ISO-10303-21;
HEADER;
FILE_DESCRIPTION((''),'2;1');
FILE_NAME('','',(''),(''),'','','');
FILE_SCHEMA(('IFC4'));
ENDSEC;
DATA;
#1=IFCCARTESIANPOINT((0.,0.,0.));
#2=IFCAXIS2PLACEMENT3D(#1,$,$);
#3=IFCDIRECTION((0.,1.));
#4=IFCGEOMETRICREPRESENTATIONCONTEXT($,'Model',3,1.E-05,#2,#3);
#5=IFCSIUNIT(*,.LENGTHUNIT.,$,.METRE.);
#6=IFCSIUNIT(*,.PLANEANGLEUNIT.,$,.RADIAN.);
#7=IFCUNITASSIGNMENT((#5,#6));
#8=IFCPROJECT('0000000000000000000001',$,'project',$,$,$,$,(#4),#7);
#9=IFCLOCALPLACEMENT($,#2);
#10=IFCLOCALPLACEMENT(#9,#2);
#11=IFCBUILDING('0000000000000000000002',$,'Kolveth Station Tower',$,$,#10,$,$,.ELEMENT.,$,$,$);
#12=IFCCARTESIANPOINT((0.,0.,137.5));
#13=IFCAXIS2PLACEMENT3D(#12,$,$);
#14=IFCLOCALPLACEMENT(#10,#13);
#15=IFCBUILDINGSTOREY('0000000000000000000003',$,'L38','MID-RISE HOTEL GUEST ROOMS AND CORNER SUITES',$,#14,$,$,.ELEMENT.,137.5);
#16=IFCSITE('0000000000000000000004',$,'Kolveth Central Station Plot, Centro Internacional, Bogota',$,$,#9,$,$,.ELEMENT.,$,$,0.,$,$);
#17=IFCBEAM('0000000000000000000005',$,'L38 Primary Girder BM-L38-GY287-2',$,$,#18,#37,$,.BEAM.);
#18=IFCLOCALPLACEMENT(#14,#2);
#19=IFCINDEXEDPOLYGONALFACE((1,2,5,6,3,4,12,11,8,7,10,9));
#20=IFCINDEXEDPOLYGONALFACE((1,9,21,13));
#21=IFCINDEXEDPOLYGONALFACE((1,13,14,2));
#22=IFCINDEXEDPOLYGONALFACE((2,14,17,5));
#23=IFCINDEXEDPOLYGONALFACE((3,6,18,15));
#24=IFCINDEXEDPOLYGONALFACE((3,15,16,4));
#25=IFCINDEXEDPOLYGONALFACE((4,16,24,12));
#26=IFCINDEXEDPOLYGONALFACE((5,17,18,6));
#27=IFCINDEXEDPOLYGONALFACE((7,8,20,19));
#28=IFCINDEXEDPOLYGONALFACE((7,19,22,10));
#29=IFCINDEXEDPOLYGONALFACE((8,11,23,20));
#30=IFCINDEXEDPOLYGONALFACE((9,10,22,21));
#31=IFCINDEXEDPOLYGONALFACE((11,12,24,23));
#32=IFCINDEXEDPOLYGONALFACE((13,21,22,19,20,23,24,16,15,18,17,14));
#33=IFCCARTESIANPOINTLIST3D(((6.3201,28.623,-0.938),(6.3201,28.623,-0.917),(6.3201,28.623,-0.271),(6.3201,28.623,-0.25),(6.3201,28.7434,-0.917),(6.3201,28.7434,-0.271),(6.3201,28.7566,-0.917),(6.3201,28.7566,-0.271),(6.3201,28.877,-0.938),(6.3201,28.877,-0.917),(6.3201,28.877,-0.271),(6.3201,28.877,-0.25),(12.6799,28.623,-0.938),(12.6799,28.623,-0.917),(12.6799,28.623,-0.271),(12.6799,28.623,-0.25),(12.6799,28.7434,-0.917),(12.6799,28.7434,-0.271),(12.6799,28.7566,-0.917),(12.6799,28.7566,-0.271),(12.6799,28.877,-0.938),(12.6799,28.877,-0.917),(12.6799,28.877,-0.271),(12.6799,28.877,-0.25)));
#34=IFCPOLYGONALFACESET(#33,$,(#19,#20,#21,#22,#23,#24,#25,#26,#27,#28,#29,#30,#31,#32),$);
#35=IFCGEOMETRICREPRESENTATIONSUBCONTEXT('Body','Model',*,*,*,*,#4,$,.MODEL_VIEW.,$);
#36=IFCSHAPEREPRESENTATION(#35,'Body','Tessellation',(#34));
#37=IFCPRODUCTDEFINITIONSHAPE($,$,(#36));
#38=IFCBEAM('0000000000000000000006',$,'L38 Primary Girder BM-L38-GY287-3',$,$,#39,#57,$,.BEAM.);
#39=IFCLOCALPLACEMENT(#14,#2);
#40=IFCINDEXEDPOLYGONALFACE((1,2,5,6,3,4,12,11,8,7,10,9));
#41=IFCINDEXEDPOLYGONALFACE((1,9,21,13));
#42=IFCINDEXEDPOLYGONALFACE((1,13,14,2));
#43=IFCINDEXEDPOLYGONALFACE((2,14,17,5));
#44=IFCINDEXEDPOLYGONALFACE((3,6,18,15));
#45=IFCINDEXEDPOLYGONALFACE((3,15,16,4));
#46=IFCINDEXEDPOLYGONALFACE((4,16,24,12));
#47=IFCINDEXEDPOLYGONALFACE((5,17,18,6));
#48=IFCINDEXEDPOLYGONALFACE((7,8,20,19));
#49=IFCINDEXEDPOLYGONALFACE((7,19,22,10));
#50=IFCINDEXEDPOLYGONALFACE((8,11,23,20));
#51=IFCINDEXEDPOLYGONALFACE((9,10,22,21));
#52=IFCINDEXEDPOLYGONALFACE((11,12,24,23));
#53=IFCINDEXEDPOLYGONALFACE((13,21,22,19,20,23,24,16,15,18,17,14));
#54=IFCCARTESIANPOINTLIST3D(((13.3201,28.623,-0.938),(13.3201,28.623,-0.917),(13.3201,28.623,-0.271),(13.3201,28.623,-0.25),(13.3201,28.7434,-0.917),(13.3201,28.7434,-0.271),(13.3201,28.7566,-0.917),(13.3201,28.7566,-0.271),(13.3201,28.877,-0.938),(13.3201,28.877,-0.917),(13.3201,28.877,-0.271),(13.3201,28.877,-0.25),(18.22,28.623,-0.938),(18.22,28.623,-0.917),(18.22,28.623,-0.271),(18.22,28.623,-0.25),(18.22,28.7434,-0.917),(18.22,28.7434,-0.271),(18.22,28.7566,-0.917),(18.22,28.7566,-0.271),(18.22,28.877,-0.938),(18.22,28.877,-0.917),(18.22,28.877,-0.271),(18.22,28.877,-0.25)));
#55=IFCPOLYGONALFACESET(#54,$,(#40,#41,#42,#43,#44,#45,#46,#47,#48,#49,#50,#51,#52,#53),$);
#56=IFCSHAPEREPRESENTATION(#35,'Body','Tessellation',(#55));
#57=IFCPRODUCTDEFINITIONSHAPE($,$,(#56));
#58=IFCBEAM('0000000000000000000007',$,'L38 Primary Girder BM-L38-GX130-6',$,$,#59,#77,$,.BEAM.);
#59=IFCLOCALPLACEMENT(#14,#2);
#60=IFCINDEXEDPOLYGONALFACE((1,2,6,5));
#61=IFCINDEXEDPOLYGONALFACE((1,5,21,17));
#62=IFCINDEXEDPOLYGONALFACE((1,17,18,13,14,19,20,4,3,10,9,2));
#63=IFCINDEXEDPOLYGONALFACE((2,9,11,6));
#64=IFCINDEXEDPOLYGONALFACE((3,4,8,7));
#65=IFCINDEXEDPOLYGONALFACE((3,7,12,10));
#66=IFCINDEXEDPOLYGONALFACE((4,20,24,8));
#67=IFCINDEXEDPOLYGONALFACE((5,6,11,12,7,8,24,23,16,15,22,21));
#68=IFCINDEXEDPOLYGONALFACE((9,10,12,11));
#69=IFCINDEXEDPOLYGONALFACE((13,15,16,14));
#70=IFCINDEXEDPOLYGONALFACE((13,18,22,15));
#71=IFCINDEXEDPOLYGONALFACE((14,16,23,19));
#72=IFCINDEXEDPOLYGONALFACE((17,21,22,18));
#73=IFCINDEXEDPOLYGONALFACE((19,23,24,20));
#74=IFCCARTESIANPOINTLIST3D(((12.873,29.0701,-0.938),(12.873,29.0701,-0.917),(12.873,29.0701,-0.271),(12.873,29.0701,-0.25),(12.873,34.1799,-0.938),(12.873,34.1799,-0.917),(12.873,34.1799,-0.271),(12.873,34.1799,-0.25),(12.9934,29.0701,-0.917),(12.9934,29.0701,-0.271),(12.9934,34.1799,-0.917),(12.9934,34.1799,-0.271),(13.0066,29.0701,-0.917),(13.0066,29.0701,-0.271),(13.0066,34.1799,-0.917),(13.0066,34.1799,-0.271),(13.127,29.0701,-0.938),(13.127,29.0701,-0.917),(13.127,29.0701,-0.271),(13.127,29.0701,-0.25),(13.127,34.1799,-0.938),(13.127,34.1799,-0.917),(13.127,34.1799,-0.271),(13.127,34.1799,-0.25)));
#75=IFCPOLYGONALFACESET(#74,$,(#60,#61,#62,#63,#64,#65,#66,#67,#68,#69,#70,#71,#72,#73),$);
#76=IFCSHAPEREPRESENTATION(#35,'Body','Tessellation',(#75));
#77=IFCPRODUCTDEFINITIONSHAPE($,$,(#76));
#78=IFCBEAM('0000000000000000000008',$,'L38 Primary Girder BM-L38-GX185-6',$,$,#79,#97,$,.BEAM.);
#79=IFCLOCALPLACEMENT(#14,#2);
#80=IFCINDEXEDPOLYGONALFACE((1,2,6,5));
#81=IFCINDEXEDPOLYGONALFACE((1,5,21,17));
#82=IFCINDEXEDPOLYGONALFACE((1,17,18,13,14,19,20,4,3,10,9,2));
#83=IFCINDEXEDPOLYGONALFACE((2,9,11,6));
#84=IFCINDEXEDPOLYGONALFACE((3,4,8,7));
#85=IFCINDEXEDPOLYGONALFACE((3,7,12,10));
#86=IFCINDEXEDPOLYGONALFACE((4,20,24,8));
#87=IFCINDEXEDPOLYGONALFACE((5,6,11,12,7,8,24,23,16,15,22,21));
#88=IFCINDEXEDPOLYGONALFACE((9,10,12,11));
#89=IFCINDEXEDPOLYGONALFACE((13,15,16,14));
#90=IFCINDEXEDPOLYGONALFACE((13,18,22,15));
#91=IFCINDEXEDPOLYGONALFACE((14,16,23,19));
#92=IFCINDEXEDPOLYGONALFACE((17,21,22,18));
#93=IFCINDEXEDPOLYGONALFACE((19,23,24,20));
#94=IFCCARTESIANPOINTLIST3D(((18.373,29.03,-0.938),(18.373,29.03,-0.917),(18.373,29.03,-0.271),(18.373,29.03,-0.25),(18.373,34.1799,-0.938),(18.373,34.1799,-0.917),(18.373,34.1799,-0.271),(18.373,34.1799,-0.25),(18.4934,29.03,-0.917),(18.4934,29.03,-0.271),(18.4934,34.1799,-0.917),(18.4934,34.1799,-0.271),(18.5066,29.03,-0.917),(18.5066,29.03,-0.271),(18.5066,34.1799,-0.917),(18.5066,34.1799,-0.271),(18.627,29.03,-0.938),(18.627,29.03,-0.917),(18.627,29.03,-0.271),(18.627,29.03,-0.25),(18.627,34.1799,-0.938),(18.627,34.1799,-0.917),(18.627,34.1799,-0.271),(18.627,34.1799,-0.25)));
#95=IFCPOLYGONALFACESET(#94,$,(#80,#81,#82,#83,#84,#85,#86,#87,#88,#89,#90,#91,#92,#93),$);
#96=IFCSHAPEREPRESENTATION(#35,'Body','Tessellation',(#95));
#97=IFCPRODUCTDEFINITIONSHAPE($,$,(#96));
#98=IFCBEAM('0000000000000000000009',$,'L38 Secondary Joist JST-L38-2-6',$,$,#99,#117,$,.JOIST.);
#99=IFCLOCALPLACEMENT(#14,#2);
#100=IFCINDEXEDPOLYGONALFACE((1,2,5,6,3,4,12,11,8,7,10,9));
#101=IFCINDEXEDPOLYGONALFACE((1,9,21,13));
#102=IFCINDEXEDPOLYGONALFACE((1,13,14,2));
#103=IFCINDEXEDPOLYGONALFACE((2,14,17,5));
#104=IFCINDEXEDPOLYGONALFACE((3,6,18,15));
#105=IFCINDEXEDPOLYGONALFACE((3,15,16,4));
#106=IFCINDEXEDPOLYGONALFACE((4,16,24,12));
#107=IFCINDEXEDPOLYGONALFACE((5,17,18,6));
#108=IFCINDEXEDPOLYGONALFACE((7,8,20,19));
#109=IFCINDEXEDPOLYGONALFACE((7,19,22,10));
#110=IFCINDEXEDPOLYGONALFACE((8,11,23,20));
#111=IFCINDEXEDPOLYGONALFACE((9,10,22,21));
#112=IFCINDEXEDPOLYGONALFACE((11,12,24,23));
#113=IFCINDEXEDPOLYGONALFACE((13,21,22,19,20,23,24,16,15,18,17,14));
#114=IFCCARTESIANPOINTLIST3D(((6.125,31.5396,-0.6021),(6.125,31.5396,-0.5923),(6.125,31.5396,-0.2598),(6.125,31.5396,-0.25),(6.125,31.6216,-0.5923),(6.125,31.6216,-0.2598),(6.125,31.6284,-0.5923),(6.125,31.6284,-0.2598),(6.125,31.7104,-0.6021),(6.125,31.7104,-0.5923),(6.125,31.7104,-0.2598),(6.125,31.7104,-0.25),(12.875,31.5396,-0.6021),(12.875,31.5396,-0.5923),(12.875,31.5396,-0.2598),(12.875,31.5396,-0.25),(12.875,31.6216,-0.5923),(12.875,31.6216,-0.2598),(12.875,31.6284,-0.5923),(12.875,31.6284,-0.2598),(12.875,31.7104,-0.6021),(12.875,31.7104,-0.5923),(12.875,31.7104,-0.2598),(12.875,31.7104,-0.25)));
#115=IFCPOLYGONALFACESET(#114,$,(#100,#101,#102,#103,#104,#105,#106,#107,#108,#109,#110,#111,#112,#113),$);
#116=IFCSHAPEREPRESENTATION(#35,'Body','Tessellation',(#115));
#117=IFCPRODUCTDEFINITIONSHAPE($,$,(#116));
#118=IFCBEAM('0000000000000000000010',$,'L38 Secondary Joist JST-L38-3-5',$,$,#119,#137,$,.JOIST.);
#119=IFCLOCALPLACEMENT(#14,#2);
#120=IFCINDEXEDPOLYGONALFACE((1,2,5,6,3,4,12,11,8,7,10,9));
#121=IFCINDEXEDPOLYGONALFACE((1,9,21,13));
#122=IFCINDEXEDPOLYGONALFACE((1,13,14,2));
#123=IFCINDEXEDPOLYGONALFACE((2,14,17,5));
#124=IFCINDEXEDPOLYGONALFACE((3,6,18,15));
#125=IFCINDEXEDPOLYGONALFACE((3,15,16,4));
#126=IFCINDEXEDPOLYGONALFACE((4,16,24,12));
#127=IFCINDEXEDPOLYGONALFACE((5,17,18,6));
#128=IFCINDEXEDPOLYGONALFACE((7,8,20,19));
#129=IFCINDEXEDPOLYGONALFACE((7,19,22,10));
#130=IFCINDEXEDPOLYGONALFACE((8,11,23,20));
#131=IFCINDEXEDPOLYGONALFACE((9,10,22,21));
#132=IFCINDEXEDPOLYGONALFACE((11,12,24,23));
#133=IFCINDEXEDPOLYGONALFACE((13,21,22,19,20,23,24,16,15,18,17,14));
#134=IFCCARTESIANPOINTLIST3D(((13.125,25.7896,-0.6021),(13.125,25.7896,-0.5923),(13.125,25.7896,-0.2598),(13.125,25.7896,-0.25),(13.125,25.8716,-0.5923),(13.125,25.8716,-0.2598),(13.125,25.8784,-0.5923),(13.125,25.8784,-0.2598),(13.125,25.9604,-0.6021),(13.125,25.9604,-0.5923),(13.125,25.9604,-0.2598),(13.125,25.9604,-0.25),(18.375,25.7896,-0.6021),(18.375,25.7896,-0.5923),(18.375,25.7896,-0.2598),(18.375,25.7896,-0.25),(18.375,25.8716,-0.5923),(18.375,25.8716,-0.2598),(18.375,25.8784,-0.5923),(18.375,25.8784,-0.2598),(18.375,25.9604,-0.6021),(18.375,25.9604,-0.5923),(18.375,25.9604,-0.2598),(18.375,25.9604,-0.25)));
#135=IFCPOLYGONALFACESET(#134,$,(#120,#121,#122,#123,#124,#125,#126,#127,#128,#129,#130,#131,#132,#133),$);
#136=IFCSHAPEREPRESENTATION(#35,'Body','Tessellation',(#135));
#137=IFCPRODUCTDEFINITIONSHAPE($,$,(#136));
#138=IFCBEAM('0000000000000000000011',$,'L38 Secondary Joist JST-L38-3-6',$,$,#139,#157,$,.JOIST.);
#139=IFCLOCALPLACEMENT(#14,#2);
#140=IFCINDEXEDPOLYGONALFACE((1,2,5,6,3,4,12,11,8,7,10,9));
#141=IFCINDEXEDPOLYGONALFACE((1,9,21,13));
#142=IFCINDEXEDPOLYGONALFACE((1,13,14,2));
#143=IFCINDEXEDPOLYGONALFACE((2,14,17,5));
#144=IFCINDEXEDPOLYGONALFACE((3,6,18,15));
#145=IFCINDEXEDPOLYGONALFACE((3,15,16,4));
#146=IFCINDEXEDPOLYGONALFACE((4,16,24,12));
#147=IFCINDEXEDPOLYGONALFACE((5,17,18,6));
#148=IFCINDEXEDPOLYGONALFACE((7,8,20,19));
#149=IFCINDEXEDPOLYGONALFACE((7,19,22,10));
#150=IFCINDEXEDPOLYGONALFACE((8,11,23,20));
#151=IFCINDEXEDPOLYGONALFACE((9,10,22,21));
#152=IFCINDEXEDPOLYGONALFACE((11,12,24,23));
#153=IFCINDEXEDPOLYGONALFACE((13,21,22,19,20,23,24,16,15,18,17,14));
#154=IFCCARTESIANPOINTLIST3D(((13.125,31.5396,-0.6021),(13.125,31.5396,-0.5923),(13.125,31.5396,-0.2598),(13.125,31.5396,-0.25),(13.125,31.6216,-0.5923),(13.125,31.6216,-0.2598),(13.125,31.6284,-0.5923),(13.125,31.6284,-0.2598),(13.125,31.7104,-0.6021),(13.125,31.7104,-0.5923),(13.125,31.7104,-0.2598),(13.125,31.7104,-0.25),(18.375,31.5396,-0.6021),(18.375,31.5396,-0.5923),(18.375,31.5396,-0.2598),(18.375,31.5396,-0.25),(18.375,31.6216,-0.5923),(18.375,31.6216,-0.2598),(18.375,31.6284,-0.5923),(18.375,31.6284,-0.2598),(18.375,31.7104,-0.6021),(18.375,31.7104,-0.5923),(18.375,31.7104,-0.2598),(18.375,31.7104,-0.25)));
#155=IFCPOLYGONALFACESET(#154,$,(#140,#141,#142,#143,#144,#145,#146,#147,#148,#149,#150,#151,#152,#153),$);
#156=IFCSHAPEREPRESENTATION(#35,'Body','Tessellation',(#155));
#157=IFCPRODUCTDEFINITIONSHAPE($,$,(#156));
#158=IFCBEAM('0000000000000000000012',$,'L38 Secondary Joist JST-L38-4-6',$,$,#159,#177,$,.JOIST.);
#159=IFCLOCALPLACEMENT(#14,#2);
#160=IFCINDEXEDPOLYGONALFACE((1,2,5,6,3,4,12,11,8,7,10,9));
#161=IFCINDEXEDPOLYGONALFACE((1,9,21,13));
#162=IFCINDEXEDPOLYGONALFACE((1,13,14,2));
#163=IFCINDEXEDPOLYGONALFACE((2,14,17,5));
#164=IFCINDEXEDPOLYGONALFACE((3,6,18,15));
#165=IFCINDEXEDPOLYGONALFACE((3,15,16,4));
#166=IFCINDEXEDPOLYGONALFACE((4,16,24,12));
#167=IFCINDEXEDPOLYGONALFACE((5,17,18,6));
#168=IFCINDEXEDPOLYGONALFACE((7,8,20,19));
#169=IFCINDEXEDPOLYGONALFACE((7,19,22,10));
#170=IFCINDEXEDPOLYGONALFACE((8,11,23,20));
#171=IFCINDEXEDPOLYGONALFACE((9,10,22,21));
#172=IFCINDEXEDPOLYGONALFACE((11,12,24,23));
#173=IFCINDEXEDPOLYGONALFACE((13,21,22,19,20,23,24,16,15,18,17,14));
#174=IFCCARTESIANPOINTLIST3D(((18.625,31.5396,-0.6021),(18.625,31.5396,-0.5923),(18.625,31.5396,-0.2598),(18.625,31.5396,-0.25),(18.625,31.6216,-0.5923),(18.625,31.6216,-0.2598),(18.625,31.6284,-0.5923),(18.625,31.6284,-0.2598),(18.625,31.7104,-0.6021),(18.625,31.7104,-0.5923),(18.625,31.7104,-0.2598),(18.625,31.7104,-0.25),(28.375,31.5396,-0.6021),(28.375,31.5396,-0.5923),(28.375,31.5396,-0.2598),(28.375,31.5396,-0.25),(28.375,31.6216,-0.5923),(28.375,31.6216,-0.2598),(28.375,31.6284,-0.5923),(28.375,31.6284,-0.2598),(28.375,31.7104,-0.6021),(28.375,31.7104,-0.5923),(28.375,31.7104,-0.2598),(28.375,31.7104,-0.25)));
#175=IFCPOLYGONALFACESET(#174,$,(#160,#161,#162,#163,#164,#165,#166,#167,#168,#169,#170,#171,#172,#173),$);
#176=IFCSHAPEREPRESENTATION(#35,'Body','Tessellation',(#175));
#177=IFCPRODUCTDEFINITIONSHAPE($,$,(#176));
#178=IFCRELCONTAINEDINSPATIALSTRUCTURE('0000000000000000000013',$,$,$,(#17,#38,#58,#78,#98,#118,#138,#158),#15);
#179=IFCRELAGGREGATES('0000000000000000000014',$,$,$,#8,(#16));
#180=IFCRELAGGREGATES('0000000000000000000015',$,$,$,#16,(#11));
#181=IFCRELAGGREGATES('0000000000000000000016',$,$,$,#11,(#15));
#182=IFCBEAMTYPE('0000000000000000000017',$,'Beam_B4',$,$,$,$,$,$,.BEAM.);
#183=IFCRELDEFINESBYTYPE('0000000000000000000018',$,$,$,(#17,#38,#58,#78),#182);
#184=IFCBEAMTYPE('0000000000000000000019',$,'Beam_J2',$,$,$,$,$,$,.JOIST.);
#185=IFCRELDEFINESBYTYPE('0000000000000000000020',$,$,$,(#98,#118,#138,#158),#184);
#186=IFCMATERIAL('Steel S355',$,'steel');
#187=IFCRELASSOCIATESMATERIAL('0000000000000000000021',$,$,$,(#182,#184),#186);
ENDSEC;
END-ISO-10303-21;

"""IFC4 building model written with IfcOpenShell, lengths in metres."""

from ifc_helpers import new_model, si_unit, direction, frame, origin, origin_2d, place, context, subcontext, project, spatial, i_section, extrude, source, transform, mapped, material, material_profile, profile_set, type_object, element, save


model = new_model("IFC4")

# Units and contexts
model_context = context("Model", 3, precision=1e-05, world=origin(), true_north=direction((0.0, 1.0)))
body_context = subcontext(model_context, "Body", "Model", "MODEL_VIEW")
ifc_project = project(units=[si_unit("LENGTHUNIT", "METRE"), si_unit("PLANEANGLEUNIT", "RADIAN")], contexts=[model_context])

# Site, building, storey
site_placement = place(None, origin())
site = spatial("IfcSite", under=ifc_project, at=site_placement, Name="Kolveth Central Station Plot, Centro Internacional, Bogota", CompositionType="ELEMENT", RefElevation=0.0)
building_placement = place(site_placement, origin())
building = spatial("IfcBuilding", under=site, at=building_placement, Name="Kolveth Station Tower", CompositionType="ELEMENT")
storey_placement = place(building_placement, frame((0.0, 0.0, 137.5)))
storey = spatial("IfcBuildingStorey", under=building, at=storey_placement, Name="L38", Description="MID-RISE HOTEL GUEST ROOMS AND CORNER SUITES", CompositionType="ELEMENT", Elevation=137.5)

# Shared definitions
ifc_material_1 = material(Name="Steel S355", Category="steel")

# Beams
ifc_material_profile_1 = material_profile(ifc_material_1, i_section(OverallWidth=0.2539, OverallDepth=0.688, WebThickness=0.0132, FlangeThickness=0.021, at=origin_2d()), Name="W690x152")
ifc_profile_set_1 = profile_set([ifc_material_profile_1], Name="Steel S355")
beam_type_1 = type_object("IfcBeamType", Name="Beam_B4", PredefinedType="BEAM", material=ifc_profile_set_1)
shared_shape_1 = source(origin(), body_context, "Body", "SweptSolid", [
    extrude(i_section(OverallWidth=0.2539, OverallDepth=0.688, WebThickness=0.0132, FlangeThickness=0.021, at=origin_2d()), origin(), (0.0, 0.0, 1.0), 6.3599),
])
beam_1_placement = place(storey_placement, frame((6.3201, 28.75, -0.594), z_axis=(1.0, 0.0, 0.0), x_axis=(0.0, 1.0, 0.0)))
element("IfcBeam", 1, at=beam_1_placement, inside=storey, type_object=beam_type_1, Name="L38 Primary Girder BM-L38-GY287-2", PredefinedType="BEAM", context=body_context, shape_type="MappedRepresentation", body=[
    mapped(shared_shape_1, transform((0.0, 0.0, 0.0), x_axis=(1.0, 0.0, 0.0), y_axis=(0.0, 1.0, 0.0), z_axis=(0.0, 0.0, 1.0), scale=1.0)),
])
shared_shape_2 = source(origin(), body_context, "Body", "SweptSolid", [
    extrude(i_section(OverallWidth=0.2539, OverallDepth=0.688, WebThickness=0.0132, FlangeThickness=0.021, at=origin_2d()), origin(), (0.0, 0.0, 1.0), 4.8999),
])
beam_2_placement = place(storey_placement, frame((13.3201, 28.75, -0.594), z_axis=(1.0, 0.0, 0.0), x_axis=(0.0, 1.0, 0.0)))
element("IfcBeam", 2, at=beam_2_placement, inside=storey, type_object=beam_type_1, Name="L38 Primary Girder BM-L38-GY287-3", PredefinedType="BEAM", context=body_context, shape_type="MappedRepresentation", body=[
    mapped(shared_shape_2, transform((0.0, 0.0, 0.0), x_axis=(1.0, 0.0, 0.0), y_axis=(0.0, 1.0, 0.0), z_axis=(0.0, 0.0, 1.0), scale=1.0)),
])
shared_shape_3 = source(origin(), body_context, "Body", "SweptSolid", [
    extrude(i_section(OverallWidth=0.2539, OverallDepth=0.688, WebThickness=0.0132, FlangeThickness=0.021, at=origin_2d()), origin(), (0.0, 0.0, 1.0), 5.1099),
])
beam_3_placement = place(storey_placement, frame((13.0, 29.0701, -0.594), z_axis=(0.0, 1.0, 0.0), x_axis=(-1.0, 0.0, 0.0)))
element("IfcBeam", 3, at=beam_3_placement, inside=storey, type_object=beam_type_1, Name="L38 Primary Girder BM-L38-GX130-6", PredefinedType="BEAM", context=body_context, shape_type="MappedRepresentation", body=[
    mapped(shared_shape_3, transform((0.0, 0.0, 0.0), x_axis=(1.0, 0.0, 0.0), y_axis=(0.0, 1.0, 0.0), z_axis=(0.0, 0.0, 1.0), scale=1.0)),
])
shared_shape_4 = source(origin(), body_context, "Body", "SweptSolid", [
    extrude(i_section(OverallWidth=0.2539, OverallDepth=0.688, WebThickness=0.0132, FlangeThickness=0.021, at=origin_2d()), origin(), (0.0, 0.0, 1.0), 5.1499),
])
beam_4_placement = place(storey_placement, frame((18.5, 29.03, -0.594), z_axis=(0.0, 1.0, 0.0), x_axis=(-1.0, 0.0, 0.0)))
element("IfcBeam", 4, at=beam_4_placement, inside=storey, type_object=beam_type_1, Name="L38 Primary Girder BM-L38-GX185-6", PredefinedType="BEAM", context=body_context, shape_type="MappedRepresentation", body=[
    mapped(shared_shape_4, transform((0.0, 0.0, 0.0), x_axis=(1.0, 0.0, 0.0), y_axis=(0.0, 1.0, 0.0), z_axis=(0.0, 0.0, 1.0), scale=1.0)),
])
ifc_material_profile_2 = material_profile(ifc_material_1, i_section(OverallWidth=0.1709, OverallDepth=0.3521, WebThickness=0.0068, FlangeThickness=0.0098, at=origin_2d()), Name="W360x44")
ifc_profile_set_2 = profile_set([ifc_material_profile_2], Name="Steel S355")
beam_type_2 = type_object("IfcBeamType", Name="Beam_J2", PredefinedType="JOIST", material=ifc_profile_set_2)
shared_shape_5 = source(origin(), body_context, "Body", "SweptSolid", [
    extrude(i_section(OverallWidth=0.1709, OverallDepth=0.3521, WebThickness=0.0068, FlangeThickness=0.0098, at=origin_2d()), origin(), (0.0, 0.0, 1.0), 6.75),
])
beam_5_placement = place(storey_placement, frame((6.125, 31.625, -0.426), z_axis=(1.0, 0.0, 0.0), x_axis=(0.0, 1.0, 0.0)))
element("IfcBeam", 5, at=beam_5_placement, inside=storey, type_object=beam_type_2, Name="L38 Secondary Joist JST-L38-2-6", PredefinedType="JOIST", context=body_context, shape_type="MappedRepresentation", body=[
    mapped(shared_shape_5, transform((0.0, 0.0, 0.0), x_axis=(1.0, 0.0, 0.0), y_axis=(0.0, 1.0, 0.0), z_axis=(0.0, 0.0, 1.0), scale=1.0)),
])
shared_shape_6 = source(origin(), body_context, "Body", "SweptSolid", [
    extrude(i_section(OverallWidth=0.1709, OverallDepth=0.3521, WebThickness=0.0068, FlangeThickness=0.0098, at=origin_2d()), origin(), (0.0, 0.0, 1.0), 5.25),
])
for number, where, z_axis, x_axis, name in (
    (6, (13.125, 25.875, -0.426), (1.0, 0.0, 0.0), (0.0, 1.0, 0.0), "L38 Secondary Joist JST-L38-3-5"),
    (7, (13.125, 31.625, -0.426), (1.0, 0.0, 0.0), (0.0, 1.0, 0.0), "L38 Secondary Joist JST-L38-3-6"),
):
    element("IfcBeam", number, at=place(storey_placement, frame(where, z_axis=z_axis, x_axis=x_axis)), inside=storey, type_object=beam_type_2, Name=name, PredefinedType="JOIST", context=body_context, shape_type="MappedRepresentation", body=[
        mapped(shared_shape_6, transform((0.0, 0.0, 0.0), x_axis=(1.0, 0.0, 0.0), y_axis=(0.0, 1.0, 0.0), z_axis=(0.0, 0.0, 1.0), scale=1.0)),
    ])
shared_shape_7 = source(origin(), body_context, "Body", "SweptSolid", [
    extrude(i_section(OverallWidth=0.1709, OverallDepth=0.3521, WebThickness=0.0068, FlangeThickness=0.0098, at=origin_2d()), origin(), (0.0, 0.0, 1.0), 9.75),
])
beam_6_placement = place(storey_placement, frame((18.625, 31.625, -0.426), z_axis=(1.0, 0.0, 0.0), x_axis=(0.0, 1.0, 0.0)))
element("IfcBeam", 8, at=beam_6_placement, inside=storey, type_object=beam_type_2, Name="L38 Secondary Joist JST-L38-4-6", PredefinedType="JOIST", context=body_context, shape_type="MappedRepresentation", body=[
    mapped(shared_shape_7, transform((0.0, 0.0, 0.0), x_axis=(1.0, 0.0, 0.0), y_axis=(0.0, 1.0, 0.0), z_axis=(0.0, 0.0, 1.0), scale=1.0)),
])

save(model, "model.ifc")
